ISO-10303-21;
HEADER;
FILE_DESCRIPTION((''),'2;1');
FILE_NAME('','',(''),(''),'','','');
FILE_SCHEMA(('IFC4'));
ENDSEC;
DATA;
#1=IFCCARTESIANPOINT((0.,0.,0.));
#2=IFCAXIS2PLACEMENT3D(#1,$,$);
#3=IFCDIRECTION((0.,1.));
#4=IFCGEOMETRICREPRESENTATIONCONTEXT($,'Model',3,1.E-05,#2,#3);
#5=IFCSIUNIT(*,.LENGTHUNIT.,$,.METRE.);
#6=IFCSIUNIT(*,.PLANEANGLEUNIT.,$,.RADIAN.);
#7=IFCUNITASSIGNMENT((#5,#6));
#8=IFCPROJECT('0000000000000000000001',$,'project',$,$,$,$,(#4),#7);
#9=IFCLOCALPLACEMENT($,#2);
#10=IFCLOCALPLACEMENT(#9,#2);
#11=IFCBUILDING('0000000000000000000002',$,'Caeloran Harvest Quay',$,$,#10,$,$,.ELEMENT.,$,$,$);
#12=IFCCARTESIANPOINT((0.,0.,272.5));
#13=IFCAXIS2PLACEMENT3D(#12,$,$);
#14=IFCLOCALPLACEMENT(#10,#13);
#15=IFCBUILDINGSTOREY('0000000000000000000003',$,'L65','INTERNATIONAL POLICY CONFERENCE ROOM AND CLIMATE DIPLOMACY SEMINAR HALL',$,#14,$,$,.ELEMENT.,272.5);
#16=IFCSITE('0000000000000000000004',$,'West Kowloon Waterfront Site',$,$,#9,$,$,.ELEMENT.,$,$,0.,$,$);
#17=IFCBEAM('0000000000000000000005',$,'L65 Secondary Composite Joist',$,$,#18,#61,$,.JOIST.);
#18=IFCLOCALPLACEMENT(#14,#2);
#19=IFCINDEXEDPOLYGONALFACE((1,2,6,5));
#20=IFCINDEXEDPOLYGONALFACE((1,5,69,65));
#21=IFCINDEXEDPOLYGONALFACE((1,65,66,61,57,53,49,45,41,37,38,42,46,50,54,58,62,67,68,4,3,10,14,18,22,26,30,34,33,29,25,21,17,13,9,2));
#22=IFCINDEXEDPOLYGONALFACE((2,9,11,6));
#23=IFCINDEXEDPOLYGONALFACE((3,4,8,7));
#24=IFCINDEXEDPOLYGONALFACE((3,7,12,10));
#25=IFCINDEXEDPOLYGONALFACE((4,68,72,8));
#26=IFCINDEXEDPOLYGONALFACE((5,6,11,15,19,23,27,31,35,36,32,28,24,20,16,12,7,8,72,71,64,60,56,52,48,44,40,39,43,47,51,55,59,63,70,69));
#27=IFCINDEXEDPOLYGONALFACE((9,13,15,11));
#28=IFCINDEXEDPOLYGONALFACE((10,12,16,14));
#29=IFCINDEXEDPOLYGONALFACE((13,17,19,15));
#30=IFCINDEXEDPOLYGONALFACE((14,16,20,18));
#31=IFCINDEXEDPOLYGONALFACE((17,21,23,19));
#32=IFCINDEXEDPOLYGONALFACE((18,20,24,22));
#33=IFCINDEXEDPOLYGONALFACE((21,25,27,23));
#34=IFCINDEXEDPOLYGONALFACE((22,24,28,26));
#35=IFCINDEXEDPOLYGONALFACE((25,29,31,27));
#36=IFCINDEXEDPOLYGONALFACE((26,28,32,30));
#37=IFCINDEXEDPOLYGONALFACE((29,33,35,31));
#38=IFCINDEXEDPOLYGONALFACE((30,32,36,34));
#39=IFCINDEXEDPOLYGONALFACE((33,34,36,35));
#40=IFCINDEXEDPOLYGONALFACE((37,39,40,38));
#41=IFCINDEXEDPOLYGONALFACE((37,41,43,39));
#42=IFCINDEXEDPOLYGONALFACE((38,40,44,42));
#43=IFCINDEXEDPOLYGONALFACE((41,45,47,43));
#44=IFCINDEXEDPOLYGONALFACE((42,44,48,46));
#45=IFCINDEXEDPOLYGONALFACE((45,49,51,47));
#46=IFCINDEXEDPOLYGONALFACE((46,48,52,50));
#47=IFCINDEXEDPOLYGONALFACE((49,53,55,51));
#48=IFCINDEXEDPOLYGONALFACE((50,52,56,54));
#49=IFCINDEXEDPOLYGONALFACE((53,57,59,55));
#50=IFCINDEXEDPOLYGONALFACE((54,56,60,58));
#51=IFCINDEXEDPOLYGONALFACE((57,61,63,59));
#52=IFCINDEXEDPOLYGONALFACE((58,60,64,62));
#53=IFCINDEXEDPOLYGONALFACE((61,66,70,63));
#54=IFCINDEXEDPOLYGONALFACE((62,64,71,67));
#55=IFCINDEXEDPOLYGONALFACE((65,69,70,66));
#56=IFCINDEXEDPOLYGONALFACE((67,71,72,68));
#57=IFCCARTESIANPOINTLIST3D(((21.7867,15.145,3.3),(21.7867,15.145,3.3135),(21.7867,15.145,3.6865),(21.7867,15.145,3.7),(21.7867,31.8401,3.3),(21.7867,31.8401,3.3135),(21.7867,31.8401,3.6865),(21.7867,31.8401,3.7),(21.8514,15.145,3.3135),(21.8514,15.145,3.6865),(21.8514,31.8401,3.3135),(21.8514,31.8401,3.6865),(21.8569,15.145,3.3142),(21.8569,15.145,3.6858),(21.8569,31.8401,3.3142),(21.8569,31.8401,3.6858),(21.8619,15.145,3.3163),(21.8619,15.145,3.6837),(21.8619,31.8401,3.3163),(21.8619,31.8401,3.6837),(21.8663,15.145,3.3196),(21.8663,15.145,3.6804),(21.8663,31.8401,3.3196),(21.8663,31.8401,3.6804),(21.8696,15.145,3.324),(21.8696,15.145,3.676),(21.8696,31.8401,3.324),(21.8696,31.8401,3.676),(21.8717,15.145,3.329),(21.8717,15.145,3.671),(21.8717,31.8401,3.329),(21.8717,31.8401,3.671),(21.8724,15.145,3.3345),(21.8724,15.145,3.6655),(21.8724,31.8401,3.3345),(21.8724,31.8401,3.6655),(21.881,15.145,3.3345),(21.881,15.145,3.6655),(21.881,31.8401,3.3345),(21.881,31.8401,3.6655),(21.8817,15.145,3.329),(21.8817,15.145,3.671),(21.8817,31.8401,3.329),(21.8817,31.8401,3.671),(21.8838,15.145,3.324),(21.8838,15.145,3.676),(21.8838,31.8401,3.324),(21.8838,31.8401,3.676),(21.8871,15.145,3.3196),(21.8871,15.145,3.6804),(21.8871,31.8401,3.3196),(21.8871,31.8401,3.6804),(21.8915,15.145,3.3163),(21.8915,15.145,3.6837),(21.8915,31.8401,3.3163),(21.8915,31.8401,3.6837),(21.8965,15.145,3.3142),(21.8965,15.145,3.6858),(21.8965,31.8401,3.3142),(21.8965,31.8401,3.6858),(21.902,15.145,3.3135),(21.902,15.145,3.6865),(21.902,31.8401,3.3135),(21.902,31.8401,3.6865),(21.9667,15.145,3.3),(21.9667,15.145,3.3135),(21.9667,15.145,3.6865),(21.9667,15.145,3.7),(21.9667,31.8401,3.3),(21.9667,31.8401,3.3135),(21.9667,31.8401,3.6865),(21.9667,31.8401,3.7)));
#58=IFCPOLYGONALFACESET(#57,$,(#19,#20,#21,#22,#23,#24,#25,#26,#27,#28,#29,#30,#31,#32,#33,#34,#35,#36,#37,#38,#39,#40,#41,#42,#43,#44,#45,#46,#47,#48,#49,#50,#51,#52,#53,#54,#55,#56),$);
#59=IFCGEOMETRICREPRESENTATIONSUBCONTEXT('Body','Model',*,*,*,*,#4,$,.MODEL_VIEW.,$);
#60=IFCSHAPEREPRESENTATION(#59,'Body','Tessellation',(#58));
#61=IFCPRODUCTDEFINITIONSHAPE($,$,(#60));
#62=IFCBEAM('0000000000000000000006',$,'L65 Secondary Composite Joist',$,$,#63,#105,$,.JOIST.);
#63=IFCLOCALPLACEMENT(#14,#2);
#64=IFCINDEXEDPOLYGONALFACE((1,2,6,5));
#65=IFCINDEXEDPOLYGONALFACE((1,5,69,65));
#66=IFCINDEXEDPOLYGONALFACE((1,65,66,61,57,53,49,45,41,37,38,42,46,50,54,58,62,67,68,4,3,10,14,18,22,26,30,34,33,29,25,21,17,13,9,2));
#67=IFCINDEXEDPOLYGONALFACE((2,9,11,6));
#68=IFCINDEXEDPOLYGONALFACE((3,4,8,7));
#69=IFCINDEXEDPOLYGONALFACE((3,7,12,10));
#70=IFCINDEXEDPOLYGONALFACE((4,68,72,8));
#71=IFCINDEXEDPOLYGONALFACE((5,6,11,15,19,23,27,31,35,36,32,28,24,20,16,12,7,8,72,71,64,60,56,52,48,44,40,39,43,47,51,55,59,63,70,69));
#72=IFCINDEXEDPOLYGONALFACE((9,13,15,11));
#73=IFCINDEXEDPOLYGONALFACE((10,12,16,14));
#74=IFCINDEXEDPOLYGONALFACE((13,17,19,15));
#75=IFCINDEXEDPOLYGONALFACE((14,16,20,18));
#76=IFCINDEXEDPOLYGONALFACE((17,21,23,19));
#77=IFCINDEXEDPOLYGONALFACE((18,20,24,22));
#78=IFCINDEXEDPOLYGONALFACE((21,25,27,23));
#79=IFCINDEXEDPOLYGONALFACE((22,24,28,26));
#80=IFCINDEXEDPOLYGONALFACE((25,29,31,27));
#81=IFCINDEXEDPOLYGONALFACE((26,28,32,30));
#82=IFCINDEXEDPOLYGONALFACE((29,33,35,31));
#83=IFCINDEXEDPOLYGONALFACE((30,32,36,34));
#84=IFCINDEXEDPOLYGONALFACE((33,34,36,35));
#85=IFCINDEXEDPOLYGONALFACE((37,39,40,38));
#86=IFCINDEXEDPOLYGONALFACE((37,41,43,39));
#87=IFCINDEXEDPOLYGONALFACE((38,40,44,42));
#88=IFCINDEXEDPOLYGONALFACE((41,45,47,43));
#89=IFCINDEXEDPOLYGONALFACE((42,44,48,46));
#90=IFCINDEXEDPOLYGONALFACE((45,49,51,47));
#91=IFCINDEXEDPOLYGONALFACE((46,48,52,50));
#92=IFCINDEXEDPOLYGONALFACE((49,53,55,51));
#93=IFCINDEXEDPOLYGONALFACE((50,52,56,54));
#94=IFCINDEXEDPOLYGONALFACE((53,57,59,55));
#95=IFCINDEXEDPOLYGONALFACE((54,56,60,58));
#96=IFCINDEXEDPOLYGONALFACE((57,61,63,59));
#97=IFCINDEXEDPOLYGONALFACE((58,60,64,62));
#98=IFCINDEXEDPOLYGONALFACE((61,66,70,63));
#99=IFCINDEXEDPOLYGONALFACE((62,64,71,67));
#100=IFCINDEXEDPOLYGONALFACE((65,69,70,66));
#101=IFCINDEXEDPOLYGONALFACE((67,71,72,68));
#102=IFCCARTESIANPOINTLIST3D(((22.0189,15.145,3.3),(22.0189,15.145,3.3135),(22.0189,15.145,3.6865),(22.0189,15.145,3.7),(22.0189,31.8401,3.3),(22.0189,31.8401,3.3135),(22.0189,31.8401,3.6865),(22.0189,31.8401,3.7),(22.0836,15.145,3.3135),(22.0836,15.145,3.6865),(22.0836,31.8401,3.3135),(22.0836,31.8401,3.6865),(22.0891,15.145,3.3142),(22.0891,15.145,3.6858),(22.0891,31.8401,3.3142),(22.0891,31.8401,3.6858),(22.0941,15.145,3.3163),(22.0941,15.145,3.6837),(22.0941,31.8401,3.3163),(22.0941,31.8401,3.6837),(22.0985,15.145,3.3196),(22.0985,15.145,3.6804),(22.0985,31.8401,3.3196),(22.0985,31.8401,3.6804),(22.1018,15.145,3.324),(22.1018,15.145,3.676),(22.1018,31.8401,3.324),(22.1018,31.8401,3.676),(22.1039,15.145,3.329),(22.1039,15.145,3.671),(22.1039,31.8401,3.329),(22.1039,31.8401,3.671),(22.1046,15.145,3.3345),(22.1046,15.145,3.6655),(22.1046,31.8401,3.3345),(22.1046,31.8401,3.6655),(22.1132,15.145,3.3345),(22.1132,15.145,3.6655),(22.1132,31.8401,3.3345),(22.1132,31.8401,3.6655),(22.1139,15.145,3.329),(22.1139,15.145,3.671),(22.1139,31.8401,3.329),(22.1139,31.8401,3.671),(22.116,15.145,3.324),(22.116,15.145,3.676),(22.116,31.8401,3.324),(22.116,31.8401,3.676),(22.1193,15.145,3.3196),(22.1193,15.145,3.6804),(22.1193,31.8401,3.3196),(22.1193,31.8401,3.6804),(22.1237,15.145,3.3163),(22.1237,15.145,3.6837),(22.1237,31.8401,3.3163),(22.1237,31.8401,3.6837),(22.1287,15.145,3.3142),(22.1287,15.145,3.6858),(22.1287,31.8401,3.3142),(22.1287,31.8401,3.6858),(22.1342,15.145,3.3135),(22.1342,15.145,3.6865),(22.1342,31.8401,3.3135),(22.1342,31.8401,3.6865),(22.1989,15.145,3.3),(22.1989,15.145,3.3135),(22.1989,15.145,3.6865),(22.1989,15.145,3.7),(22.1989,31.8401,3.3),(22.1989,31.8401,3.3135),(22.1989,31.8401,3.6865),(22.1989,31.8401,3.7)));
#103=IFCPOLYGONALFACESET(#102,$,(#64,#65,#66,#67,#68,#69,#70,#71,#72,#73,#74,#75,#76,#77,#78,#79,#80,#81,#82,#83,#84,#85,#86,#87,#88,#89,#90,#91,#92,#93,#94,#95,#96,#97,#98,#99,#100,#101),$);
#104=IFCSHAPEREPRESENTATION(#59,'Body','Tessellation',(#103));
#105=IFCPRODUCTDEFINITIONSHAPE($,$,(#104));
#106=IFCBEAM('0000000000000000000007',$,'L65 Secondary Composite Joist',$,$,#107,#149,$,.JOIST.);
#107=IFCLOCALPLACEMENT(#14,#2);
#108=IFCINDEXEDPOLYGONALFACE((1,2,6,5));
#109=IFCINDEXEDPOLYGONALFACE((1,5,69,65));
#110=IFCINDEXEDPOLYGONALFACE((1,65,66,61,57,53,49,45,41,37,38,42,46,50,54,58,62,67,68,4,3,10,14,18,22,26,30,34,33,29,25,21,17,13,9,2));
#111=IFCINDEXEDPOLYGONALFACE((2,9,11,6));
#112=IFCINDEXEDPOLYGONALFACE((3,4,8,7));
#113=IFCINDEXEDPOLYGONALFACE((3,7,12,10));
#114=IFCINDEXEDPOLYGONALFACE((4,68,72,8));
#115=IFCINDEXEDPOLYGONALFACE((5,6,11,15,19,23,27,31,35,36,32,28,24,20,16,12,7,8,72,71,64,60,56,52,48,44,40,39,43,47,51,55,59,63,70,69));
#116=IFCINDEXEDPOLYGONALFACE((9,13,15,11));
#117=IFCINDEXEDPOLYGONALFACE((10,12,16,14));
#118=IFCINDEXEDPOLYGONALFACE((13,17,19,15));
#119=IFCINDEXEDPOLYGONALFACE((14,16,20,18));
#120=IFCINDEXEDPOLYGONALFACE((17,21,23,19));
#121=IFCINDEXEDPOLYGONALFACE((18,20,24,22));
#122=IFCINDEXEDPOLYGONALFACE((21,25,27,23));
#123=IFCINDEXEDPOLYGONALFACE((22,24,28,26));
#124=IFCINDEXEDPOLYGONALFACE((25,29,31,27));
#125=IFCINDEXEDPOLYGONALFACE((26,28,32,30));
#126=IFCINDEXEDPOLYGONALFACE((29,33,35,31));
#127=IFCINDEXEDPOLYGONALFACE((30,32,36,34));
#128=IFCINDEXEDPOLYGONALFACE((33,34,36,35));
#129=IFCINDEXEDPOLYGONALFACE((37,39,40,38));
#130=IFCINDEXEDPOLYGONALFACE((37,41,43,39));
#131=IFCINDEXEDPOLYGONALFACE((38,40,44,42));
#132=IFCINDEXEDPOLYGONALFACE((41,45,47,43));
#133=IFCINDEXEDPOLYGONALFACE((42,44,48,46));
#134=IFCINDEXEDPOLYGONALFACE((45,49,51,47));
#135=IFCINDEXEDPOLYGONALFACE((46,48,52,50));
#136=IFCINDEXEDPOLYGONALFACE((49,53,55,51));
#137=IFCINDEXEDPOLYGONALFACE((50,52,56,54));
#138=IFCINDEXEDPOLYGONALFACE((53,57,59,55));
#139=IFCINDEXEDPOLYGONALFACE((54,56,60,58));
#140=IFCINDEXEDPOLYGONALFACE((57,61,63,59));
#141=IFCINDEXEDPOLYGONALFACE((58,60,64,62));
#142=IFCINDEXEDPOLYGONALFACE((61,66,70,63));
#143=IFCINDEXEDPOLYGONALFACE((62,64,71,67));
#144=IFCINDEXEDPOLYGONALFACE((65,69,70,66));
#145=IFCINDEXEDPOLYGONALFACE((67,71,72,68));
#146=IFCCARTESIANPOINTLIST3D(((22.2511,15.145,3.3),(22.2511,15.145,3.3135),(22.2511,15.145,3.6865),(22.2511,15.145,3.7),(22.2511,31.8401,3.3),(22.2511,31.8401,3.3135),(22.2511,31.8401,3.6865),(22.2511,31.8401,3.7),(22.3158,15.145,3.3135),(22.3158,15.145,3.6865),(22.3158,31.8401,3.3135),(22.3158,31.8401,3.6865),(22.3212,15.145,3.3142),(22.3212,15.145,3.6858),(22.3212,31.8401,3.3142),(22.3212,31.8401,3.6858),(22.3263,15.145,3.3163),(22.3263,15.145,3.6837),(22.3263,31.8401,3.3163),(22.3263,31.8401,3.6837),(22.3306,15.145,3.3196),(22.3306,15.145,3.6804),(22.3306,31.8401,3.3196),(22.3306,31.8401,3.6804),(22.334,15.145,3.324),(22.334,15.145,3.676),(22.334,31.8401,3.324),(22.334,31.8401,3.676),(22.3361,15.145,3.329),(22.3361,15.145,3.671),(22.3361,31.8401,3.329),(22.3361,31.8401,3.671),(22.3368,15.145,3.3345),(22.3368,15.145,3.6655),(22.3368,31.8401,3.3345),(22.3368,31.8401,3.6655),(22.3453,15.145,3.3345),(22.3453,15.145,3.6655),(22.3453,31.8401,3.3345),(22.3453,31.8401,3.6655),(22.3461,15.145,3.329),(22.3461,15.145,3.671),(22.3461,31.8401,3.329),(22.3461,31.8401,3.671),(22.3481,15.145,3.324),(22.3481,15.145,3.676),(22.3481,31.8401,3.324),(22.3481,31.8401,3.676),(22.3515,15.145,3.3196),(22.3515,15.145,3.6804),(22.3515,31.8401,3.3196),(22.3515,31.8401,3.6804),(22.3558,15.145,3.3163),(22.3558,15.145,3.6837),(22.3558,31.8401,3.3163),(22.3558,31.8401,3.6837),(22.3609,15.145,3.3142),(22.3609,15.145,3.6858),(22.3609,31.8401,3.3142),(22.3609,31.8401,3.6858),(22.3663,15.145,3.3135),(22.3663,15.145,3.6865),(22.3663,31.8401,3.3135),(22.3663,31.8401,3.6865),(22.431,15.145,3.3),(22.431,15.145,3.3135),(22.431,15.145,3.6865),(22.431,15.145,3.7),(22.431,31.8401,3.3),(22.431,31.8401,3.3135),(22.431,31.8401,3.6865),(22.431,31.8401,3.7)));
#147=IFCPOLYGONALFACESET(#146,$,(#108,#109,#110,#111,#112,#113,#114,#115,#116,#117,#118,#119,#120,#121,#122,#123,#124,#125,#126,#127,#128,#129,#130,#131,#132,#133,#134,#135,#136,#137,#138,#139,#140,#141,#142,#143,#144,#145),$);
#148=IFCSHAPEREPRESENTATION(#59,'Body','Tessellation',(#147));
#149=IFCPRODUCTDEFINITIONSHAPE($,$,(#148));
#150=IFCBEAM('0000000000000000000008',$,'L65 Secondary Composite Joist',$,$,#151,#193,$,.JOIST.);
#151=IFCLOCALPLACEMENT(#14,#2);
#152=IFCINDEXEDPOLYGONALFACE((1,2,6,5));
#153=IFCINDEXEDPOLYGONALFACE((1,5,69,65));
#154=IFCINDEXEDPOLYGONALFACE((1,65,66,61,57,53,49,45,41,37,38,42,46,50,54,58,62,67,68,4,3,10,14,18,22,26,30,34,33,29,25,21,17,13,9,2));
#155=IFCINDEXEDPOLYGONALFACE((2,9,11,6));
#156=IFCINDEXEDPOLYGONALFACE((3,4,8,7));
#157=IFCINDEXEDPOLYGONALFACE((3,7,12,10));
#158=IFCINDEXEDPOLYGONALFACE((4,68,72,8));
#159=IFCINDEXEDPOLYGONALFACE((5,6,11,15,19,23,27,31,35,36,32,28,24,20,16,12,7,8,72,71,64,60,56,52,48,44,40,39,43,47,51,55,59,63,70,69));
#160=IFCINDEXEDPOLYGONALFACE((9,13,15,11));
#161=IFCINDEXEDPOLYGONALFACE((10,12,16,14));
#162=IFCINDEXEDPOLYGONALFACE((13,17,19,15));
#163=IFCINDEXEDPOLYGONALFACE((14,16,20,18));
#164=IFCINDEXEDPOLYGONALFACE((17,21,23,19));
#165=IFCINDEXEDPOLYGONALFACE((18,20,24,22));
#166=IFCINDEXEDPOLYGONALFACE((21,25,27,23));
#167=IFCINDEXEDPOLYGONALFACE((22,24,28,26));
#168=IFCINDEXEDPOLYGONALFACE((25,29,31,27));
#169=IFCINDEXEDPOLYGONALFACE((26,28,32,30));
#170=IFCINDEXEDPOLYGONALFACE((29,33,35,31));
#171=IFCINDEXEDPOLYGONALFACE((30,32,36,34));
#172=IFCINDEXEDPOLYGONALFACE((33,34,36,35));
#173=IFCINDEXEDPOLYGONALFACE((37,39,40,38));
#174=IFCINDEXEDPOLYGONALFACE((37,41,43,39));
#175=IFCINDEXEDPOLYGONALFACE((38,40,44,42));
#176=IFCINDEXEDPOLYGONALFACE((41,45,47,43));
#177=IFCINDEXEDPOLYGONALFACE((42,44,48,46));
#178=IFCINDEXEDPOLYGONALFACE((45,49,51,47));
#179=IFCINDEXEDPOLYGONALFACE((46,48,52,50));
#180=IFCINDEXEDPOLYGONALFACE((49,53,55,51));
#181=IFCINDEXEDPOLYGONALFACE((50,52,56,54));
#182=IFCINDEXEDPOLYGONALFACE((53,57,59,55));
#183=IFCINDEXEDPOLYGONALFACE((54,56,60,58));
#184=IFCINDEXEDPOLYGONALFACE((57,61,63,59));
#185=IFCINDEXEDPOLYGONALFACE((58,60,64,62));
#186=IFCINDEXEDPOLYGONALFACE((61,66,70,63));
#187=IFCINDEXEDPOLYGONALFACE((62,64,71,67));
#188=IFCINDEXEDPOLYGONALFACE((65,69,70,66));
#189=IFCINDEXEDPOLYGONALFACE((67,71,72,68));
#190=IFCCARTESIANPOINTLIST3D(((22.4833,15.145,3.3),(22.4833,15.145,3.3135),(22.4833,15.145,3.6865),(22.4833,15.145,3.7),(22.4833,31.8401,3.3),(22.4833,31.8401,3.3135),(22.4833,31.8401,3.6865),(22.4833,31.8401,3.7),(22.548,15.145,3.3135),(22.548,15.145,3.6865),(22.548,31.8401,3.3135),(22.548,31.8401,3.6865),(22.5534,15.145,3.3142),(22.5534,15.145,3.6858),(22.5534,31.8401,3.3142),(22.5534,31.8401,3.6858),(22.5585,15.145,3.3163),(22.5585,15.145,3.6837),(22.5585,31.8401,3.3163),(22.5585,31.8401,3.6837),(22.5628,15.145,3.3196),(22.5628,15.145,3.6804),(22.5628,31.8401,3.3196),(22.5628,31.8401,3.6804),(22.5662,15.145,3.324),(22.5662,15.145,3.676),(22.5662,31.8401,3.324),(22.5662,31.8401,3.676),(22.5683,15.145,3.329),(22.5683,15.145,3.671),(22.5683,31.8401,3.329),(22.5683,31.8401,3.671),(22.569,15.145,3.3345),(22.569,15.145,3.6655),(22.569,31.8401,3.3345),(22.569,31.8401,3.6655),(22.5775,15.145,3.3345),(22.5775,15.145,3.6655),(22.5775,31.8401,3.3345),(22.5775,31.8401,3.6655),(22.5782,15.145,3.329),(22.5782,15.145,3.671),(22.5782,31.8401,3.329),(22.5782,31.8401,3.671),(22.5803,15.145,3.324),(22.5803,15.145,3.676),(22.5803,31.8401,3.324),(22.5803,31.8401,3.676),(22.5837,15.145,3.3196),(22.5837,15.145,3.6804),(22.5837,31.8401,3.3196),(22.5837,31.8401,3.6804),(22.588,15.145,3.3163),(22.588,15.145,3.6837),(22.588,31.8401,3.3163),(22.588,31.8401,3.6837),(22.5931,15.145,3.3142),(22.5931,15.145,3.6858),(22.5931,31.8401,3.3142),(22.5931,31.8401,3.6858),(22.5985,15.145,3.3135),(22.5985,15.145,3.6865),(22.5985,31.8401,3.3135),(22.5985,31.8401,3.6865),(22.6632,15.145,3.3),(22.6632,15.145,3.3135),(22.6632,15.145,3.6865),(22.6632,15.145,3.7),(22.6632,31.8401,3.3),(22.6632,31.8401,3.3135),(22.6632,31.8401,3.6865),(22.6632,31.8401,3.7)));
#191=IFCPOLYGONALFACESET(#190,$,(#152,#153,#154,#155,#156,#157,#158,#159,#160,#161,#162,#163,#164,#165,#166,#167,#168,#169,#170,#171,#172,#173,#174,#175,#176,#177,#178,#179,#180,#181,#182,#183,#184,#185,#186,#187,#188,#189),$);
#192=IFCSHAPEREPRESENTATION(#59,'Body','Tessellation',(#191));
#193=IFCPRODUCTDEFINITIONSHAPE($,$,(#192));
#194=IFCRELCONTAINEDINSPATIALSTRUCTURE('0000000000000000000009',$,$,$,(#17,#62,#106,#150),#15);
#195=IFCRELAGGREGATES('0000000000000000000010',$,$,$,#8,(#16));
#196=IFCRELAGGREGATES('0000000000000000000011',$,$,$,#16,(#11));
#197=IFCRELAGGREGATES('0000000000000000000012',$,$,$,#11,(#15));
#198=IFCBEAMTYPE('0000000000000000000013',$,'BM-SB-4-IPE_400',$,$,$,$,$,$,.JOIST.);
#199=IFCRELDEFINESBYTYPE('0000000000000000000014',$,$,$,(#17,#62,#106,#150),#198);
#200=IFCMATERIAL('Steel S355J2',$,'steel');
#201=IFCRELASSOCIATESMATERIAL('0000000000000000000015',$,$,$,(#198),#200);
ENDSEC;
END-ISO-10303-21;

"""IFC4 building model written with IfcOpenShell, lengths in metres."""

from ifc_helpers import new_model, si_unit, direction, frame, origin, origin_2d, place, context, subcontext, project, spatial, i_section, extrude, material, material_profile, profile_set, type_object, element, save


model = new_model("IFC4")

# Units and contexts
model_context = context("Model", 3, precision=1e-05, world=origin(), true_north=direction((0.0, 1.0)))
body_context = subcontext(model_context, "Body", "Model", "MODEL_VIEW")
ifc_project = project(units=[si_unit("LENGTHUNIT", "METRE"), si_unit("PLANEANGLEUNIT", "RADIAN")], contexts=[model_context])

# Site, building, storey
site_placement = place(None, origin())
site = spatial("IfcSite", under=ifc_project, at=site_placement, Name="West Kowloon Waterfront Site", CompositionType="ELEMENT", RefElevation=0.0)
building_placement = place(site_placement, origin())
building = spatial("IfcBuilding", under=site, at=building_placement, Name="Caeloran Harvest Quay", CompositionType="ELEMENT")
storey_placement = place(building_placement, frame((0.0, 0.0, 272.5)))
storey = spatial("IfcBuildingStorey", under=building, at=storey_placement, Name="L65", Description="INTERNATIONAL POLICY CONFERENCE ROOM AND CLIMATE DIPLOMACY SEMINAR HALL", CompositionType="ELEMENT", Elevation=272.5)

# Beams
ifc_material_1 = material(Name="Steel S355J2", Category="steel")
ifc_material_profile_1 = material_profile(ifc_material_1, i_section(OverallWidth=0.1799, OverallDepth=0.3999, WebThickness=0.0085, FlangeThickness=0.0134, FilletRadius=0.021, at=origin_2d()), Name="IPE 400")
ifc_profile_set_1 = profile_set([ifc_material_profile_1], Name="Steel S355J2")
beam_type_1 = type_object("IfcBeamType", Name="BM-SB-4-IPE_400", PredefinedType="JOIST", material=ifc_profile_set_1)
for number, where, z_axis, x_axis, name in (
    (1, (21.8767, 15.145, 3.5), (0.0, 1.0, 0.0), (-1.0, 0.0, 0.0), "L65 Secondary Composite Joist"),
    (2, (22.1089, 15.145, 3.5), (0.0, 1.0, 0.0), (-1.0, 0.0, 0.0), "L65 Secondary Composite Joist"),
    (3, (22.3411, 15.145, 3.5), (0.0, 1.0, 0.0), (-1.0, 0.0, 0.0), "L65 Secondary Composite Joist"),
    (4, (22.5732, 15.145, 3.5), (0.0, 1.0, 0.0), (-1.0, 0.0, 0.0), "L65 Secondary Composite Joist"),
):
    element("IfcBeam", number, at=place(storey_placement, frame(where, z_axis=z_axis, x_axis=x_axis)), inside=storey, type_object=beam_type_1, Name=name, PredefinedType="JOIST", context=body_context, shape_type="SweptSolid", body=[
        extrude(i_section(OverallWidth=0.1799, OverallDepth=0.3999, WebThickness=0.0085, FlangeThickness=0.0134, FilletRadius=0.021, at=origin_2d()), origin(), (0.0, 0.0, 1.0), 16.6951),
    ])

save(model, "model.ifc")
